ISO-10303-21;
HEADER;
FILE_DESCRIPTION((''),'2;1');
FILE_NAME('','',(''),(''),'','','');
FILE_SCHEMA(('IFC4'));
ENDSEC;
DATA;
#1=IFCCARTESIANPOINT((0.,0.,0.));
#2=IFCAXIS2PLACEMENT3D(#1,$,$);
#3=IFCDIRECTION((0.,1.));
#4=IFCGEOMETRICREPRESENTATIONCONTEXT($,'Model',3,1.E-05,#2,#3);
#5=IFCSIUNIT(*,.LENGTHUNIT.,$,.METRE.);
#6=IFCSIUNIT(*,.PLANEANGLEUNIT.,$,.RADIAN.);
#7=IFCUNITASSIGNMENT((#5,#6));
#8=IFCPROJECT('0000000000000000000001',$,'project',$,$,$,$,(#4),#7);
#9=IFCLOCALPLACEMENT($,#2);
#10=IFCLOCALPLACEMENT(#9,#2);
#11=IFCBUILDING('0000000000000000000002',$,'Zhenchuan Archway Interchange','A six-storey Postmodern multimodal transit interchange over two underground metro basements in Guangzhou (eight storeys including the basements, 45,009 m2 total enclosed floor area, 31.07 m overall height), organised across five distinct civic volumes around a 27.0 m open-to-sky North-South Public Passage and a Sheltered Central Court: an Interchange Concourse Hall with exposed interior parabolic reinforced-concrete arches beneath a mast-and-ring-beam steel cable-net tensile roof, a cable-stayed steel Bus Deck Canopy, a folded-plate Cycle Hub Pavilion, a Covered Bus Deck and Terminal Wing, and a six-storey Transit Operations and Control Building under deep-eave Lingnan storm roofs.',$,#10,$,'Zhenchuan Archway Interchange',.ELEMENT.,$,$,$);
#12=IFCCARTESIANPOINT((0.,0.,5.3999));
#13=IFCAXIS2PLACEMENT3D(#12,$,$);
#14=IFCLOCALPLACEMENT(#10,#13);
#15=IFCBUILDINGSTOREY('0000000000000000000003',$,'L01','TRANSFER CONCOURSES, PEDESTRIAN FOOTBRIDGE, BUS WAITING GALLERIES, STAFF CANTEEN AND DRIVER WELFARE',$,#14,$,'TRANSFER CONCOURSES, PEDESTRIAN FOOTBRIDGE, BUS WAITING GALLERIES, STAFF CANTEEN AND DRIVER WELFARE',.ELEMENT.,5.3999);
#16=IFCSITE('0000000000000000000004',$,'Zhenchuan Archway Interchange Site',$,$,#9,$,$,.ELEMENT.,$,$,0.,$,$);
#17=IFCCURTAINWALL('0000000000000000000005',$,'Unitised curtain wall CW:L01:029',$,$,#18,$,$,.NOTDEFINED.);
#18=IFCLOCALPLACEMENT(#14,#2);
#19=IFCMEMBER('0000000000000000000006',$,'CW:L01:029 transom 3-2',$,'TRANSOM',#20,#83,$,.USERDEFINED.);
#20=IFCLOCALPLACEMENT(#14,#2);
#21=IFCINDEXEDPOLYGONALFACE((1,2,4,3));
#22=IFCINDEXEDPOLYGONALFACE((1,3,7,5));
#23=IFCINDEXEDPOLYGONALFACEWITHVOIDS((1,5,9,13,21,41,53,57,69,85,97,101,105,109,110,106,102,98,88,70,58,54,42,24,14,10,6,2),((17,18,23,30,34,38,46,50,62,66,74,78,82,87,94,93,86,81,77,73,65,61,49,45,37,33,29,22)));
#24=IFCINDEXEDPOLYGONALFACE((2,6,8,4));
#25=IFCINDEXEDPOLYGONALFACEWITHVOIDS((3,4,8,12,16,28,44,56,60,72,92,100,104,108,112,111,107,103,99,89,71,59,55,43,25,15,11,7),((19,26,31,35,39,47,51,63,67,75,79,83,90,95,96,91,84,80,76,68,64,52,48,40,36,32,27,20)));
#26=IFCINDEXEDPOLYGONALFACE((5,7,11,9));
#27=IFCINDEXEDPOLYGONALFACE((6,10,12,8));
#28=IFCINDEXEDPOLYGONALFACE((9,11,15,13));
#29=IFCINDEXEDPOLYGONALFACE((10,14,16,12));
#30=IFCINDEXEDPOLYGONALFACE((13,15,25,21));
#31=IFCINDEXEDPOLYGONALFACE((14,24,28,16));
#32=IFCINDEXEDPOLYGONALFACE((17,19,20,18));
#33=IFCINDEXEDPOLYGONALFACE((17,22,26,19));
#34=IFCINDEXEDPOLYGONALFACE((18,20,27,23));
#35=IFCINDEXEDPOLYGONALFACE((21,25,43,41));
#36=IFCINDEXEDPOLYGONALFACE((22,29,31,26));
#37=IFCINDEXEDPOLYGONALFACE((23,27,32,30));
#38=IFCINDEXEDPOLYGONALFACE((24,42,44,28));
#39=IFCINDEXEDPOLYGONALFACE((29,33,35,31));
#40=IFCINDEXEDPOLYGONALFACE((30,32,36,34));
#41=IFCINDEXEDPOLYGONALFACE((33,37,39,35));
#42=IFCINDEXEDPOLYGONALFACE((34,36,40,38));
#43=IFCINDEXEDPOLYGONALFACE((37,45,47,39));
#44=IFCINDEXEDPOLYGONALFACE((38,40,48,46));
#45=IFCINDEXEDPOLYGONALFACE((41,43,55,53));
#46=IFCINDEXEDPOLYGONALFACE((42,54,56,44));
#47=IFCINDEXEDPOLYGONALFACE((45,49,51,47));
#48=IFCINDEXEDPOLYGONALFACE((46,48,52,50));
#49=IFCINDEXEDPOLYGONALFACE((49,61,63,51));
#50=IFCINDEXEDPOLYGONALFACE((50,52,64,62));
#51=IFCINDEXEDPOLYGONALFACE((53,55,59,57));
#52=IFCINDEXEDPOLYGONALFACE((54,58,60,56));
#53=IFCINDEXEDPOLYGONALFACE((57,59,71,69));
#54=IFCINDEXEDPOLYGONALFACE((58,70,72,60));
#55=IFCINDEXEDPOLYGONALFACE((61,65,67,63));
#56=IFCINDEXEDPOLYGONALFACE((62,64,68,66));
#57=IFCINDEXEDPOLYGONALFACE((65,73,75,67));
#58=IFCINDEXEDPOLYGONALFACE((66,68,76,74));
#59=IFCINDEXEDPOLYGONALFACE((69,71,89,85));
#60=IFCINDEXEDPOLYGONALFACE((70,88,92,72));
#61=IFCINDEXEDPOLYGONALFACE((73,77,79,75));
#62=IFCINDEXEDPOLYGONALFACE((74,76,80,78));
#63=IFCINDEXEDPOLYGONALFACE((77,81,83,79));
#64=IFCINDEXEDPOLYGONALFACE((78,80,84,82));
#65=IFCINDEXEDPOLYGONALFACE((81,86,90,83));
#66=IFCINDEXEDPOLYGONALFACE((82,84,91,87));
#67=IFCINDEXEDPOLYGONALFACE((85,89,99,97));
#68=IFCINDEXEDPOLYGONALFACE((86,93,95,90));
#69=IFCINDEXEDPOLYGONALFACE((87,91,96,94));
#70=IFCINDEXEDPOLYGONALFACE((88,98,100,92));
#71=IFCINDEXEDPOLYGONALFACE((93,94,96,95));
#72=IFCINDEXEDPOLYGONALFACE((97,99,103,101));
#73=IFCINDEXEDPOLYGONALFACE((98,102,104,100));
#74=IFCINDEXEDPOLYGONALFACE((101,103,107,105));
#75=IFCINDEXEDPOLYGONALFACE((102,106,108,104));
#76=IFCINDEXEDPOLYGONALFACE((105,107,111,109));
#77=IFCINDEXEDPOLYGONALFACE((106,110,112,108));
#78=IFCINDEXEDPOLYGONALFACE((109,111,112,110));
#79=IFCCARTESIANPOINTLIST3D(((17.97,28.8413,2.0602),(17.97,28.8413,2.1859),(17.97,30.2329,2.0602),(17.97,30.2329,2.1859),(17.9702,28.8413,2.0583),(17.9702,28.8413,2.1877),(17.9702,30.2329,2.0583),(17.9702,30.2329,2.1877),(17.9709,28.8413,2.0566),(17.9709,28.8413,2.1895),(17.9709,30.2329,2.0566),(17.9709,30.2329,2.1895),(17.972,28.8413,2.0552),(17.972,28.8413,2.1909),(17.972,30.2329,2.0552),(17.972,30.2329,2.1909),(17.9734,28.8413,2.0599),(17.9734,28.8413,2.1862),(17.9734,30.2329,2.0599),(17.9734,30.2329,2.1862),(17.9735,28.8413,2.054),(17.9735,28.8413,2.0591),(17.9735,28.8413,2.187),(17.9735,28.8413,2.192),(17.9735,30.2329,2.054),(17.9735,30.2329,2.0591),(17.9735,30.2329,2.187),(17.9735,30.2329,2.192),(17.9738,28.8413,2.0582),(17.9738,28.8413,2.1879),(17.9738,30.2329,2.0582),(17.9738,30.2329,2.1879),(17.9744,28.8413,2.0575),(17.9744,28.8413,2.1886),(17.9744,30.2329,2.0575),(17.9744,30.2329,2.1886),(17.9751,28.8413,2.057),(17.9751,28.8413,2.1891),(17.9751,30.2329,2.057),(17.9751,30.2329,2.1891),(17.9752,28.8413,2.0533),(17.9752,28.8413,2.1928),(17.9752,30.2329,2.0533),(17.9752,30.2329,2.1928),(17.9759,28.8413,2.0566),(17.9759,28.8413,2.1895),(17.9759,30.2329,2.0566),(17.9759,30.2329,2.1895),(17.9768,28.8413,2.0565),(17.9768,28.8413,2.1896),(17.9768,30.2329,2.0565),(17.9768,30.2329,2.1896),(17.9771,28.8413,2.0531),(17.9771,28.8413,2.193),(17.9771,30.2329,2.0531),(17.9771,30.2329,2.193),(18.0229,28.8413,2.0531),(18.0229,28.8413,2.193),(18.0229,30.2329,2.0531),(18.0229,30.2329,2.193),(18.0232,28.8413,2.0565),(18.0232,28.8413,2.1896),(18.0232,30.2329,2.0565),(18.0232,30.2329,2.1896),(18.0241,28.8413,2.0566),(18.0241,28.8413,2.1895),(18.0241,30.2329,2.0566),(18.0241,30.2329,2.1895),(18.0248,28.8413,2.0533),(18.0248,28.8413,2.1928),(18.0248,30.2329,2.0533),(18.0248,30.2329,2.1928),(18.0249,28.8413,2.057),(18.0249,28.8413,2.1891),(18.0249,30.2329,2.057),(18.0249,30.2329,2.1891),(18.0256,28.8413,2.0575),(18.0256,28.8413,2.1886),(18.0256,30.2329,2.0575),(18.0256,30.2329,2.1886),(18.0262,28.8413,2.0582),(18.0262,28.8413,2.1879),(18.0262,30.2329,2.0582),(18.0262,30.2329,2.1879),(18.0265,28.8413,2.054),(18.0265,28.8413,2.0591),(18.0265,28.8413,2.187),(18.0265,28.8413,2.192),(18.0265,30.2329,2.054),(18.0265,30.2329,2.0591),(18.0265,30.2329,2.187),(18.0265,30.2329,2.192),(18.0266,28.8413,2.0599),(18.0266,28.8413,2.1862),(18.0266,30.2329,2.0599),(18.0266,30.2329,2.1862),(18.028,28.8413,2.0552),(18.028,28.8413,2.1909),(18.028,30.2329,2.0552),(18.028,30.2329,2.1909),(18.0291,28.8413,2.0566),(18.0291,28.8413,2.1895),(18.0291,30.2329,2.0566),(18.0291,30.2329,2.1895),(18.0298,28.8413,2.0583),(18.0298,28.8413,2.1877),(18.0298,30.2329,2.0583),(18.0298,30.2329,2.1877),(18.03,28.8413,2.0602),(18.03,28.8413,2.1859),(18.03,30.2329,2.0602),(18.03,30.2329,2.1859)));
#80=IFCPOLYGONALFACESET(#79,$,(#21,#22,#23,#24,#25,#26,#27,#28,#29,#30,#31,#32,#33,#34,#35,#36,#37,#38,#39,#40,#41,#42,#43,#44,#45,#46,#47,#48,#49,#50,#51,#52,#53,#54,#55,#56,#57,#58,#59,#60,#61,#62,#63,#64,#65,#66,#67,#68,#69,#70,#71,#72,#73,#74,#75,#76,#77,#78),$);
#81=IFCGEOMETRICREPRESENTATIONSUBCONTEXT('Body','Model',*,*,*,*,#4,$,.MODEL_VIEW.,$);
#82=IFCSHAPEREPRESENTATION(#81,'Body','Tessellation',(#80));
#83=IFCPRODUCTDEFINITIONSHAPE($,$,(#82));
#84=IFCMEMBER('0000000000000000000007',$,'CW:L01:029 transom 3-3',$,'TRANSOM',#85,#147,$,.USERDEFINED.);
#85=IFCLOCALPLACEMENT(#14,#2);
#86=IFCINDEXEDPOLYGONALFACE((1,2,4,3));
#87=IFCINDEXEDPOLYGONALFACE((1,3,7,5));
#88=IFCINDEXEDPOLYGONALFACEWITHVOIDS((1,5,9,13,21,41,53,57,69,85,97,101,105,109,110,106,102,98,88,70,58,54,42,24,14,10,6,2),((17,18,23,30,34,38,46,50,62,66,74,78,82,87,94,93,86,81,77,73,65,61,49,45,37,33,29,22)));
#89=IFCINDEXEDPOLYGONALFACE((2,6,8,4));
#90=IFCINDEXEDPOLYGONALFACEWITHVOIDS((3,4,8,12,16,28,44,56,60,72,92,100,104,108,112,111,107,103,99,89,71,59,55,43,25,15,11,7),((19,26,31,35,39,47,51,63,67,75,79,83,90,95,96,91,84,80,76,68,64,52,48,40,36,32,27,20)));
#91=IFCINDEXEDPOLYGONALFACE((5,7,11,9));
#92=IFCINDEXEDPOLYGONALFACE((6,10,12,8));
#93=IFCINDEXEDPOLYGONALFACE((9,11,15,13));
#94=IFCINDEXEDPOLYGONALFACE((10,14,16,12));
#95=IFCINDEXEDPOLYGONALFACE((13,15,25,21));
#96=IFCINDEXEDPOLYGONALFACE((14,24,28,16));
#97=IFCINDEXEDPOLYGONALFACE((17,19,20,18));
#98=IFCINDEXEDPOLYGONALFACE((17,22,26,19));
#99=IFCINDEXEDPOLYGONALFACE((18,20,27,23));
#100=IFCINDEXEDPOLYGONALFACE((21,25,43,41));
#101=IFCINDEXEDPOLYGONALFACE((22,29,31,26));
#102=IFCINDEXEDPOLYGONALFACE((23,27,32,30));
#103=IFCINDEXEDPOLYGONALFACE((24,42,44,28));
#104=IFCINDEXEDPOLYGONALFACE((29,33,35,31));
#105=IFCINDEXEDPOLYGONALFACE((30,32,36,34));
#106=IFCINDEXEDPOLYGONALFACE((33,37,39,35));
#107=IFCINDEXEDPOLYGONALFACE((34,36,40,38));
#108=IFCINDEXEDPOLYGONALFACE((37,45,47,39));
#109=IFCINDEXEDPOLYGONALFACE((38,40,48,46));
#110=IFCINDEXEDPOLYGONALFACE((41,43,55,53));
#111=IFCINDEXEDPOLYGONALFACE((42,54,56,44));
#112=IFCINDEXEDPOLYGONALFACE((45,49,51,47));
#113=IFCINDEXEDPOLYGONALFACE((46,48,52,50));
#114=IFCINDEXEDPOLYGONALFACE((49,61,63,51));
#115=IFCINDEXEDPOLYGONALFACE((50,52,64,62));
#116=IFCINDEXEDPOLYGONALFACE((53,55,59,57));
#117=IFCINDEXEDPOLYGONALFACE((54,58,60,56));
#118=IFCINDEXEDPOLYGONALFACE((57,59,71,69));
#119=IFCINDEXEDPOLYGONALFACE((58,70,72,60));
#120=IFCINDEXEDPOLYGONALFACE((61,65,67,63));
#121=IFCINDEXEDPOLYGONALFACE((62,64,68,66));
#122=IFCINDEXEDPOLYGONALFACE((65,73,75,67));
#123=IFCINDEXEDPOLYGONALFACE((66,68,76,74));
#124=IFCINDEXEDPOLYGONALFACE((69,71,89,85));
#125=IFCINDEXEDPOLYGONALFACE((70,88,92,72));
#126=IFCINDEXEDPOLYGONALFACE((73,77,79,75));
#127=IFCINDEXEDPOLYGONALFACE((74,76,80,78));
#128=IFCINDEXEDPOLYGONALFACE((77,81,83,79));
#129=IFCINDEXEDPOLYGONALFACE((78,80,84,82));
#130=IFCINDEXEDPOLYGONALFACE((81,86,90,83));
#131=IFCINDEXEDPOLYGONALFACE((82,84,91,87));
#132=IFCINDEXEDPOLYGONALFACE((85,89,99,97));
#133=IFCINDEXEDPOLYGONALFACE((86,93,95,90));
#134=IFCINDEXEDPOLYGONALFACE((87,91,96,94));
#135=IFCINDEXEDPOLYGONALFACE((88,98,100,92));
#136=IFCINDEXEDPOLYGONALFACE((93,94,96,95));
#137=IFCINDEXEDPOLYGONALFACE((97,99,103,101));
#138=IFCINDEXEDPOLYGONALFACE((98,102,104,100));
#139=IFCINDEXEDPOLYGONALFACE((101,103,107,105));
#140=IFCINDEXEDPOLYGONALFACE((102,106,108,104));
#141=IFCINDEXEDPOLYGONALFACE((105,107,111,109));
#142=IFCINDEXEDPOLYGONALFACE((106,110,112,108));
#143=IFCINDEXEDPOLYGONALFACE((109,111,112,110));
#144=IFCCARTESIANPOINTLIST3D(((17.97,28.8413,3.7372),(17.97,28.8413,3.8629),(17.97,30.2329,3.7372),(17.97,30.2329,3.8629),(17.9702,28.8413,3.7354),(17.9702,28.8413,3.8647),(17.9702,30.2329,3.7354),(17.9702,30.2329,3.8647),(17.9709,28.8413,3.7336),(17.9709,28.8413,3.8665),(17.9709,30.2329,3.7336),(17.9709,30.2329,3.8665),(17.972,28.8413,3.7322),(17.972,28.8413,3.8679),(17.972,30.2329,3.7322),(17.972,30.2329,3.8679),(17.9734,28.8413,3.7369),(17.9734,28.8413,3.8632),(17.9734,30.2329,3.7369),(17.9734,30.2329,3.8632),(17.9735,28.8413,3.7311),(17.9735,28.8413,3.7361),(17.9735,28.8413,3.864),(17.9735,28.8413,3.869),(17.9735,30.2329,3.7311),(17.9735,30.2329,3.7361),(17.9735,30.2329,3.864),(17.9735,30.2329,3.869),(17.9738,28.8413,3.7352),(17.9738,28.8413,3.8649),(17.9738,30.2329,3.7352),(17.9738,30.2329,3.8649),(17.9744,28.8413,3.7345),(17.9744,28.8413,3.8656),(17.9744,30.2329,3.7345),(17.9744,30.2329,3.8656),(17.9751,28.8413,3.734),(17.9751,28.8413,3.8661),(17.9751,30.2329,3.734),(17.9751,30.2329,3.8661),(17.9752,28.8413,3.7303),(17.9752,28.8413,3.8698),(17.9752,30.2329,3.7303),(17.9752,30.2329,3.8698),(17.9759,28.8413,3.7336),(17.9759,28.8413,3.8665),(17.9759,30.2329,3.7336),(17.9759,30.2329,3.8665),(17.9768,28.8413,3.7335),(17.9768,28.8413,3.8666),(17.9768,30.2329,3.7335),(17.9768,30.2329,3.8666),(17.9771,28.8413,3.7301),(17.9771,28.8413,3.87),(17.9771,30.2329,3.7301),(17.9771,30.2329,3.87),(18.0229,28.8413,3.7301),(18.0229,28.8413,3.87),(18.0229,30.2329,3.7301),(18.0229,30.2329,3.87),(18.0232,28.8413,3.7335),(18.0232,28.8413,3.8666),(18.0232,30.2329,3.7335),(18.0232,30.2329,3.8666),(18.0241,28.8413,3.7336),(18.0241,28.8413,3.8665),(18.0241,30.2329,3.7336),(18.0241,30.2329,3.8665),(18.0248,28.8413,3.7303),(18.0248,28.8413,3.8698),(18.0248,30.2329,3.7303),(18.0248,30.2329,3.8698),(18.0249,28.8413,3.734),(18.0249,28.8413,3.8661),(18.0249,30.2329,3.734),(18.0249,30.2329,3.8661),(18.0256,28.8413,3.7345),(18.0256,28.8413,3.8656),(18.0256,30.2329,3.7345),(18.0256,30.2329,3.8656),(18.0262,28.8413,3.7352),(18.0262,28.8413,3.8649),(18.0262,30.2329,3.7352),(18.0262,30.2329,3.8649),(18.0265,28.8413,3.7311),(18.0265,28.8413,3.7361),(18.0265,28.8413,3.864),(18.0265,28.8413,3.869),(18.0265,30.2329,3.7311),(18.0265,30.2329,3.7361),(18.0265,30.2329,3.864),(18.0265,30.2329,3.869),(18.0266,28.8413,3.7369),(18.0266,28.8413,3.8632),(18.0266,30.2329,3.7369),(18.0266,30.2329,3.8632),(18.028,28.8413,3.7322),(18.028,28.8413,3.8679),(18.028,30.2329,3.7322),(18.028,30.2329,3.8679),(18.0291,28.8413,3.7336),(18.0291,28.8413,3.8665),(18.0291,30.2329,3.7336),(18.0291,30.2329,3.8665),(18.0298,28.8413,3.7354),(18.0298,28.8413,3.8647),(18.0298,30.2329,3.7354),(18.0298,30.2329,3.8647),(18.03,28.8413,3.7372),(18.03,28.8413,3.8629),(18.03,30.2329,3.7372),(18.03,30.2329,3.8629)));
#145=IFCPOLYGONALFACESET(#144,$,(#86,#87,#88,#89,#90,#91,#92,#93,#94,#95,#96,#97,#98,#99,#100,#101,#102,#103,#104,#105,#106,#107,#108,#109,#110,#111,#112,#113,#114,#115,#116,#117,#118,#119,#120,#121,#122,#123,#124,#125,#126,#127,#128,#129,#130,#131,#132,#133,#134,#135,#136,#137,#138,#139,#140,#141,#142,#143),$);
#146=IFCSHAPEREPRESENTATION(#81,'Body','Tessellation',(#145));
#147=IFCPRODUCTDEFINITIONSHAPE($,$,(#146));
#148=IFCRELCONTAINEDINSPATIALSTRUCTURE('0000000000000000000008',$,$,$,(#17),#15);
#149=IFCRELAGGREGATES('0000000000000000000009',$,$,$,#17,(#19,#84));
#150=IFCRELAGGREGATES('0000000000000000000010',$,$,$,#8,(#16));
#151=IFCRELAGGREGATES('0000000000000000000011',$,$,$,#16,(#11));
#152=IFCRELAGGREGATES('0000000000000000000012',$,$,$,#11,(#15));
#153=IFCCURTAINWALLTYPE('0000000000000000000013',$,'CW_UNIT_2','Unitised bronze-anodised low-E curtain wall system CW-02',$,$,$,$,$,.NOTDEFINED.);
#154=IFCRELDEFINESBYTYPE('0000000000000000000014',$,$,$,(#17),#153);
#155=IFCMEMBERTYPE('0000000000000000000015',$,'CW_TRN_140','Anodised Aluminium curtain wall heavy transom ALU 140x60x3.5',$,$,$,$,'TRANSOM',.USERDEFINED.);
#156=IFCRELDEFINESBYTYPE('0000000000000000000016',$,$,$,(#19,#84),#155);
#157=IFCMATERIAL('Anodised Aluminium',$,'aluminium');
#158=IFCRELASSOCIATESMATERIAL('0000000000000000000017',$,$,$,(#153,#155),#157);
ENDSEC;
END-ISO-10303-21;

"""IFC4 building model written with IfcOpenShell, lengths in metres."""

from ifc_helpers import new_model, si_unit, direction, frame, origin, origin_2d, place, context, subcontext, project, spatial, hollow_rectangle, extrude, material, material_profile, profile_set, type_object, element, aggregate, save


model = new_model("IFC4")

# Units and contexts
model_context = context("Model", 3, precision=1e-05, world=origin(), true_north=direction((0.0, 1.0)))
body_context = subcontext(model_context, "Body", "Model", "MODEL_VIEW")
ifc_project = project(units=[si_unit("LENGTHUNIT", "METRE"), si_unit("PLANEANGLEUNIT", "RADIAN")], contexts=[model_context])

# Site, building, storey
site_placement = place(None, origin())
site = spatial("IfcSite", under=ifc_project, at=site_placement, Name="Zhenchuan Archway Interchange Site", CompositionType="ELEMENT", RefElevation=0.0)
building_placement = place(site_placement, origin())
building = spatial("IfcBuilding", under=site, at=building_placement, Name="Zhenchuan Archway Interchange", Description="A six-storey Postmodern multimodal transit interchange over two underground metro basements in Guangzhou (eight storeys including the basements, 45,009 m2 total enclosed floor area, 31.07 m overall height), organised across five distinct civic volumes around a 27.0 m open-to-sky North-South Public Passage and a Sheltered Central Court: an Interchange Concourse Hall with exposed interior parabolic reinforced-concrete arches beneath a mast-and-ring-beam steel cable-net tensile roof, a cable-stayed steel Bus Deck Canopy, a folded-plate Cycle Hub Pavilion, a Covered Bus Deck and Terminal Wing, and a six-storey Transit Operations and Control Building under deep-eave Lingnan storm roofs.", LongName="Zhenchuan Archway Interchange", CompositionType="ELEMENT")
storey_placement = place(building_placement, frame((0.0, 0.0, 5.3999)))
storey = spatial("IfcBuildingStorey", under=building, at=storey_placement, Name="L01", Description="TRANSFER CONCOURSES, PEDESTRIAN FOOTBRIDGE, BUS WAITING GALLERIES, STAFF CANTEEN AND DRIVER WELFARE", LongName="TRANSFER CONCOURSES, PEDESTRIAN FOOTBRIDGE, BUS WAITING GALLERIES, STAFF CANTEEN AND DRIVER WELFARE", CompositionType="ELEMENT", Elevation=5.3999)

# Curtain wall
ifc_material_1 = material(Name="Anodised Aluminium", Category="aluminium")
curtain_wall_type_1 = type_object("IfcCurtainWallType", Name="CW_UNIT_2", Description="Unitised bronze-anodised low-E curtain wall system CW-02", PredefinedType="NOTDEFINED", material=ifc_material_1)
curtain_wall_1_placement = place(storey_placement, origin())
curtain_wall_1 = element("IfcCurtainWall", 1, at=curtain_wall_1_placement, inside=storey, type_object=curtain_wall_type_1, Name="Unitised curtain wall CW:L01:029", PredefinedType="NOTDEFINED")

# Members
ifc_material_profile_1 = material_profile(ifc_material_1, hollow_rectangle(XDim=0.0601, YDim=0.1399, WallThickness=0.0034, InnerFilletRadius=0.0034, OuterFilletRadius=0.0071, at=origin_2d()), Name="ALU 140x60x3.5")
ifc_profile_set_1 = profile_set([ifc_material_profile_1], Name="Anodised Aluminium")
member_type_1 = type_object("IfcMemberType", Name="CW_TRN_140", Description="Anodised Aluminium curtain wall heavy transom ALU 140x60x3.5", ElementType="TRANSOM", PredefinedType="USERDEFINED", material=ifc_profile_set_1)
member_1_placement = place(storey_placement, frame((18.0, 28.8413, 2.123), z_axis=(0.0, 1.0, 0.0), x_axis=(-1.0, 0.0, 0.0)))
member_1 = element("IfcMember", 2, at=member_1_placement, type_object=member_type_1, Name="CW:L01:029 transom 3-2", ObjectType="TRANSOM", PredefinedType="USERDEFINED", context=body_context, shape_type="SweptSolid", body=[
    extrude(hollow_rectangle(XDim=0.0601, YDim=0.1399, WallThickness=0.0034, InnerFilletRadius=0.0034, OuterFilletRadius=0.0071, at=origin_2d()), origin(), (0.0, 0.0, 1.0), 1.3916),
])
member_2_placement = place(storey_placement, frame((18.0, 28.8413, 3.8), z_axis=(0.0, 1.0, 0.0), x_axis=(-1.0, 0.0, 0.0)))
member_2 = element("IfcMember", 3, at=member_2_placement, type_object=member_type_1, Name="CW:L01:029 transom 3-3", ObjectType="TRANSOM", PredefinedType="USERDEFINED", context=body_context, shape_type="SweptSolid", body=[
    extrude(hollow_rectangle(XDim=0.0601, YDim=0.1399, WallThickness=0.0034, InnerFilletRadius=0.0034, OuterFilletRadius=0.0071, at=origin_2d()), origin(), (0.0, 0.0, 1.0), 1.3916),
])

aggregate(curtain_wall_1, [member_1, member_2])

save(model, "model.ifc")
